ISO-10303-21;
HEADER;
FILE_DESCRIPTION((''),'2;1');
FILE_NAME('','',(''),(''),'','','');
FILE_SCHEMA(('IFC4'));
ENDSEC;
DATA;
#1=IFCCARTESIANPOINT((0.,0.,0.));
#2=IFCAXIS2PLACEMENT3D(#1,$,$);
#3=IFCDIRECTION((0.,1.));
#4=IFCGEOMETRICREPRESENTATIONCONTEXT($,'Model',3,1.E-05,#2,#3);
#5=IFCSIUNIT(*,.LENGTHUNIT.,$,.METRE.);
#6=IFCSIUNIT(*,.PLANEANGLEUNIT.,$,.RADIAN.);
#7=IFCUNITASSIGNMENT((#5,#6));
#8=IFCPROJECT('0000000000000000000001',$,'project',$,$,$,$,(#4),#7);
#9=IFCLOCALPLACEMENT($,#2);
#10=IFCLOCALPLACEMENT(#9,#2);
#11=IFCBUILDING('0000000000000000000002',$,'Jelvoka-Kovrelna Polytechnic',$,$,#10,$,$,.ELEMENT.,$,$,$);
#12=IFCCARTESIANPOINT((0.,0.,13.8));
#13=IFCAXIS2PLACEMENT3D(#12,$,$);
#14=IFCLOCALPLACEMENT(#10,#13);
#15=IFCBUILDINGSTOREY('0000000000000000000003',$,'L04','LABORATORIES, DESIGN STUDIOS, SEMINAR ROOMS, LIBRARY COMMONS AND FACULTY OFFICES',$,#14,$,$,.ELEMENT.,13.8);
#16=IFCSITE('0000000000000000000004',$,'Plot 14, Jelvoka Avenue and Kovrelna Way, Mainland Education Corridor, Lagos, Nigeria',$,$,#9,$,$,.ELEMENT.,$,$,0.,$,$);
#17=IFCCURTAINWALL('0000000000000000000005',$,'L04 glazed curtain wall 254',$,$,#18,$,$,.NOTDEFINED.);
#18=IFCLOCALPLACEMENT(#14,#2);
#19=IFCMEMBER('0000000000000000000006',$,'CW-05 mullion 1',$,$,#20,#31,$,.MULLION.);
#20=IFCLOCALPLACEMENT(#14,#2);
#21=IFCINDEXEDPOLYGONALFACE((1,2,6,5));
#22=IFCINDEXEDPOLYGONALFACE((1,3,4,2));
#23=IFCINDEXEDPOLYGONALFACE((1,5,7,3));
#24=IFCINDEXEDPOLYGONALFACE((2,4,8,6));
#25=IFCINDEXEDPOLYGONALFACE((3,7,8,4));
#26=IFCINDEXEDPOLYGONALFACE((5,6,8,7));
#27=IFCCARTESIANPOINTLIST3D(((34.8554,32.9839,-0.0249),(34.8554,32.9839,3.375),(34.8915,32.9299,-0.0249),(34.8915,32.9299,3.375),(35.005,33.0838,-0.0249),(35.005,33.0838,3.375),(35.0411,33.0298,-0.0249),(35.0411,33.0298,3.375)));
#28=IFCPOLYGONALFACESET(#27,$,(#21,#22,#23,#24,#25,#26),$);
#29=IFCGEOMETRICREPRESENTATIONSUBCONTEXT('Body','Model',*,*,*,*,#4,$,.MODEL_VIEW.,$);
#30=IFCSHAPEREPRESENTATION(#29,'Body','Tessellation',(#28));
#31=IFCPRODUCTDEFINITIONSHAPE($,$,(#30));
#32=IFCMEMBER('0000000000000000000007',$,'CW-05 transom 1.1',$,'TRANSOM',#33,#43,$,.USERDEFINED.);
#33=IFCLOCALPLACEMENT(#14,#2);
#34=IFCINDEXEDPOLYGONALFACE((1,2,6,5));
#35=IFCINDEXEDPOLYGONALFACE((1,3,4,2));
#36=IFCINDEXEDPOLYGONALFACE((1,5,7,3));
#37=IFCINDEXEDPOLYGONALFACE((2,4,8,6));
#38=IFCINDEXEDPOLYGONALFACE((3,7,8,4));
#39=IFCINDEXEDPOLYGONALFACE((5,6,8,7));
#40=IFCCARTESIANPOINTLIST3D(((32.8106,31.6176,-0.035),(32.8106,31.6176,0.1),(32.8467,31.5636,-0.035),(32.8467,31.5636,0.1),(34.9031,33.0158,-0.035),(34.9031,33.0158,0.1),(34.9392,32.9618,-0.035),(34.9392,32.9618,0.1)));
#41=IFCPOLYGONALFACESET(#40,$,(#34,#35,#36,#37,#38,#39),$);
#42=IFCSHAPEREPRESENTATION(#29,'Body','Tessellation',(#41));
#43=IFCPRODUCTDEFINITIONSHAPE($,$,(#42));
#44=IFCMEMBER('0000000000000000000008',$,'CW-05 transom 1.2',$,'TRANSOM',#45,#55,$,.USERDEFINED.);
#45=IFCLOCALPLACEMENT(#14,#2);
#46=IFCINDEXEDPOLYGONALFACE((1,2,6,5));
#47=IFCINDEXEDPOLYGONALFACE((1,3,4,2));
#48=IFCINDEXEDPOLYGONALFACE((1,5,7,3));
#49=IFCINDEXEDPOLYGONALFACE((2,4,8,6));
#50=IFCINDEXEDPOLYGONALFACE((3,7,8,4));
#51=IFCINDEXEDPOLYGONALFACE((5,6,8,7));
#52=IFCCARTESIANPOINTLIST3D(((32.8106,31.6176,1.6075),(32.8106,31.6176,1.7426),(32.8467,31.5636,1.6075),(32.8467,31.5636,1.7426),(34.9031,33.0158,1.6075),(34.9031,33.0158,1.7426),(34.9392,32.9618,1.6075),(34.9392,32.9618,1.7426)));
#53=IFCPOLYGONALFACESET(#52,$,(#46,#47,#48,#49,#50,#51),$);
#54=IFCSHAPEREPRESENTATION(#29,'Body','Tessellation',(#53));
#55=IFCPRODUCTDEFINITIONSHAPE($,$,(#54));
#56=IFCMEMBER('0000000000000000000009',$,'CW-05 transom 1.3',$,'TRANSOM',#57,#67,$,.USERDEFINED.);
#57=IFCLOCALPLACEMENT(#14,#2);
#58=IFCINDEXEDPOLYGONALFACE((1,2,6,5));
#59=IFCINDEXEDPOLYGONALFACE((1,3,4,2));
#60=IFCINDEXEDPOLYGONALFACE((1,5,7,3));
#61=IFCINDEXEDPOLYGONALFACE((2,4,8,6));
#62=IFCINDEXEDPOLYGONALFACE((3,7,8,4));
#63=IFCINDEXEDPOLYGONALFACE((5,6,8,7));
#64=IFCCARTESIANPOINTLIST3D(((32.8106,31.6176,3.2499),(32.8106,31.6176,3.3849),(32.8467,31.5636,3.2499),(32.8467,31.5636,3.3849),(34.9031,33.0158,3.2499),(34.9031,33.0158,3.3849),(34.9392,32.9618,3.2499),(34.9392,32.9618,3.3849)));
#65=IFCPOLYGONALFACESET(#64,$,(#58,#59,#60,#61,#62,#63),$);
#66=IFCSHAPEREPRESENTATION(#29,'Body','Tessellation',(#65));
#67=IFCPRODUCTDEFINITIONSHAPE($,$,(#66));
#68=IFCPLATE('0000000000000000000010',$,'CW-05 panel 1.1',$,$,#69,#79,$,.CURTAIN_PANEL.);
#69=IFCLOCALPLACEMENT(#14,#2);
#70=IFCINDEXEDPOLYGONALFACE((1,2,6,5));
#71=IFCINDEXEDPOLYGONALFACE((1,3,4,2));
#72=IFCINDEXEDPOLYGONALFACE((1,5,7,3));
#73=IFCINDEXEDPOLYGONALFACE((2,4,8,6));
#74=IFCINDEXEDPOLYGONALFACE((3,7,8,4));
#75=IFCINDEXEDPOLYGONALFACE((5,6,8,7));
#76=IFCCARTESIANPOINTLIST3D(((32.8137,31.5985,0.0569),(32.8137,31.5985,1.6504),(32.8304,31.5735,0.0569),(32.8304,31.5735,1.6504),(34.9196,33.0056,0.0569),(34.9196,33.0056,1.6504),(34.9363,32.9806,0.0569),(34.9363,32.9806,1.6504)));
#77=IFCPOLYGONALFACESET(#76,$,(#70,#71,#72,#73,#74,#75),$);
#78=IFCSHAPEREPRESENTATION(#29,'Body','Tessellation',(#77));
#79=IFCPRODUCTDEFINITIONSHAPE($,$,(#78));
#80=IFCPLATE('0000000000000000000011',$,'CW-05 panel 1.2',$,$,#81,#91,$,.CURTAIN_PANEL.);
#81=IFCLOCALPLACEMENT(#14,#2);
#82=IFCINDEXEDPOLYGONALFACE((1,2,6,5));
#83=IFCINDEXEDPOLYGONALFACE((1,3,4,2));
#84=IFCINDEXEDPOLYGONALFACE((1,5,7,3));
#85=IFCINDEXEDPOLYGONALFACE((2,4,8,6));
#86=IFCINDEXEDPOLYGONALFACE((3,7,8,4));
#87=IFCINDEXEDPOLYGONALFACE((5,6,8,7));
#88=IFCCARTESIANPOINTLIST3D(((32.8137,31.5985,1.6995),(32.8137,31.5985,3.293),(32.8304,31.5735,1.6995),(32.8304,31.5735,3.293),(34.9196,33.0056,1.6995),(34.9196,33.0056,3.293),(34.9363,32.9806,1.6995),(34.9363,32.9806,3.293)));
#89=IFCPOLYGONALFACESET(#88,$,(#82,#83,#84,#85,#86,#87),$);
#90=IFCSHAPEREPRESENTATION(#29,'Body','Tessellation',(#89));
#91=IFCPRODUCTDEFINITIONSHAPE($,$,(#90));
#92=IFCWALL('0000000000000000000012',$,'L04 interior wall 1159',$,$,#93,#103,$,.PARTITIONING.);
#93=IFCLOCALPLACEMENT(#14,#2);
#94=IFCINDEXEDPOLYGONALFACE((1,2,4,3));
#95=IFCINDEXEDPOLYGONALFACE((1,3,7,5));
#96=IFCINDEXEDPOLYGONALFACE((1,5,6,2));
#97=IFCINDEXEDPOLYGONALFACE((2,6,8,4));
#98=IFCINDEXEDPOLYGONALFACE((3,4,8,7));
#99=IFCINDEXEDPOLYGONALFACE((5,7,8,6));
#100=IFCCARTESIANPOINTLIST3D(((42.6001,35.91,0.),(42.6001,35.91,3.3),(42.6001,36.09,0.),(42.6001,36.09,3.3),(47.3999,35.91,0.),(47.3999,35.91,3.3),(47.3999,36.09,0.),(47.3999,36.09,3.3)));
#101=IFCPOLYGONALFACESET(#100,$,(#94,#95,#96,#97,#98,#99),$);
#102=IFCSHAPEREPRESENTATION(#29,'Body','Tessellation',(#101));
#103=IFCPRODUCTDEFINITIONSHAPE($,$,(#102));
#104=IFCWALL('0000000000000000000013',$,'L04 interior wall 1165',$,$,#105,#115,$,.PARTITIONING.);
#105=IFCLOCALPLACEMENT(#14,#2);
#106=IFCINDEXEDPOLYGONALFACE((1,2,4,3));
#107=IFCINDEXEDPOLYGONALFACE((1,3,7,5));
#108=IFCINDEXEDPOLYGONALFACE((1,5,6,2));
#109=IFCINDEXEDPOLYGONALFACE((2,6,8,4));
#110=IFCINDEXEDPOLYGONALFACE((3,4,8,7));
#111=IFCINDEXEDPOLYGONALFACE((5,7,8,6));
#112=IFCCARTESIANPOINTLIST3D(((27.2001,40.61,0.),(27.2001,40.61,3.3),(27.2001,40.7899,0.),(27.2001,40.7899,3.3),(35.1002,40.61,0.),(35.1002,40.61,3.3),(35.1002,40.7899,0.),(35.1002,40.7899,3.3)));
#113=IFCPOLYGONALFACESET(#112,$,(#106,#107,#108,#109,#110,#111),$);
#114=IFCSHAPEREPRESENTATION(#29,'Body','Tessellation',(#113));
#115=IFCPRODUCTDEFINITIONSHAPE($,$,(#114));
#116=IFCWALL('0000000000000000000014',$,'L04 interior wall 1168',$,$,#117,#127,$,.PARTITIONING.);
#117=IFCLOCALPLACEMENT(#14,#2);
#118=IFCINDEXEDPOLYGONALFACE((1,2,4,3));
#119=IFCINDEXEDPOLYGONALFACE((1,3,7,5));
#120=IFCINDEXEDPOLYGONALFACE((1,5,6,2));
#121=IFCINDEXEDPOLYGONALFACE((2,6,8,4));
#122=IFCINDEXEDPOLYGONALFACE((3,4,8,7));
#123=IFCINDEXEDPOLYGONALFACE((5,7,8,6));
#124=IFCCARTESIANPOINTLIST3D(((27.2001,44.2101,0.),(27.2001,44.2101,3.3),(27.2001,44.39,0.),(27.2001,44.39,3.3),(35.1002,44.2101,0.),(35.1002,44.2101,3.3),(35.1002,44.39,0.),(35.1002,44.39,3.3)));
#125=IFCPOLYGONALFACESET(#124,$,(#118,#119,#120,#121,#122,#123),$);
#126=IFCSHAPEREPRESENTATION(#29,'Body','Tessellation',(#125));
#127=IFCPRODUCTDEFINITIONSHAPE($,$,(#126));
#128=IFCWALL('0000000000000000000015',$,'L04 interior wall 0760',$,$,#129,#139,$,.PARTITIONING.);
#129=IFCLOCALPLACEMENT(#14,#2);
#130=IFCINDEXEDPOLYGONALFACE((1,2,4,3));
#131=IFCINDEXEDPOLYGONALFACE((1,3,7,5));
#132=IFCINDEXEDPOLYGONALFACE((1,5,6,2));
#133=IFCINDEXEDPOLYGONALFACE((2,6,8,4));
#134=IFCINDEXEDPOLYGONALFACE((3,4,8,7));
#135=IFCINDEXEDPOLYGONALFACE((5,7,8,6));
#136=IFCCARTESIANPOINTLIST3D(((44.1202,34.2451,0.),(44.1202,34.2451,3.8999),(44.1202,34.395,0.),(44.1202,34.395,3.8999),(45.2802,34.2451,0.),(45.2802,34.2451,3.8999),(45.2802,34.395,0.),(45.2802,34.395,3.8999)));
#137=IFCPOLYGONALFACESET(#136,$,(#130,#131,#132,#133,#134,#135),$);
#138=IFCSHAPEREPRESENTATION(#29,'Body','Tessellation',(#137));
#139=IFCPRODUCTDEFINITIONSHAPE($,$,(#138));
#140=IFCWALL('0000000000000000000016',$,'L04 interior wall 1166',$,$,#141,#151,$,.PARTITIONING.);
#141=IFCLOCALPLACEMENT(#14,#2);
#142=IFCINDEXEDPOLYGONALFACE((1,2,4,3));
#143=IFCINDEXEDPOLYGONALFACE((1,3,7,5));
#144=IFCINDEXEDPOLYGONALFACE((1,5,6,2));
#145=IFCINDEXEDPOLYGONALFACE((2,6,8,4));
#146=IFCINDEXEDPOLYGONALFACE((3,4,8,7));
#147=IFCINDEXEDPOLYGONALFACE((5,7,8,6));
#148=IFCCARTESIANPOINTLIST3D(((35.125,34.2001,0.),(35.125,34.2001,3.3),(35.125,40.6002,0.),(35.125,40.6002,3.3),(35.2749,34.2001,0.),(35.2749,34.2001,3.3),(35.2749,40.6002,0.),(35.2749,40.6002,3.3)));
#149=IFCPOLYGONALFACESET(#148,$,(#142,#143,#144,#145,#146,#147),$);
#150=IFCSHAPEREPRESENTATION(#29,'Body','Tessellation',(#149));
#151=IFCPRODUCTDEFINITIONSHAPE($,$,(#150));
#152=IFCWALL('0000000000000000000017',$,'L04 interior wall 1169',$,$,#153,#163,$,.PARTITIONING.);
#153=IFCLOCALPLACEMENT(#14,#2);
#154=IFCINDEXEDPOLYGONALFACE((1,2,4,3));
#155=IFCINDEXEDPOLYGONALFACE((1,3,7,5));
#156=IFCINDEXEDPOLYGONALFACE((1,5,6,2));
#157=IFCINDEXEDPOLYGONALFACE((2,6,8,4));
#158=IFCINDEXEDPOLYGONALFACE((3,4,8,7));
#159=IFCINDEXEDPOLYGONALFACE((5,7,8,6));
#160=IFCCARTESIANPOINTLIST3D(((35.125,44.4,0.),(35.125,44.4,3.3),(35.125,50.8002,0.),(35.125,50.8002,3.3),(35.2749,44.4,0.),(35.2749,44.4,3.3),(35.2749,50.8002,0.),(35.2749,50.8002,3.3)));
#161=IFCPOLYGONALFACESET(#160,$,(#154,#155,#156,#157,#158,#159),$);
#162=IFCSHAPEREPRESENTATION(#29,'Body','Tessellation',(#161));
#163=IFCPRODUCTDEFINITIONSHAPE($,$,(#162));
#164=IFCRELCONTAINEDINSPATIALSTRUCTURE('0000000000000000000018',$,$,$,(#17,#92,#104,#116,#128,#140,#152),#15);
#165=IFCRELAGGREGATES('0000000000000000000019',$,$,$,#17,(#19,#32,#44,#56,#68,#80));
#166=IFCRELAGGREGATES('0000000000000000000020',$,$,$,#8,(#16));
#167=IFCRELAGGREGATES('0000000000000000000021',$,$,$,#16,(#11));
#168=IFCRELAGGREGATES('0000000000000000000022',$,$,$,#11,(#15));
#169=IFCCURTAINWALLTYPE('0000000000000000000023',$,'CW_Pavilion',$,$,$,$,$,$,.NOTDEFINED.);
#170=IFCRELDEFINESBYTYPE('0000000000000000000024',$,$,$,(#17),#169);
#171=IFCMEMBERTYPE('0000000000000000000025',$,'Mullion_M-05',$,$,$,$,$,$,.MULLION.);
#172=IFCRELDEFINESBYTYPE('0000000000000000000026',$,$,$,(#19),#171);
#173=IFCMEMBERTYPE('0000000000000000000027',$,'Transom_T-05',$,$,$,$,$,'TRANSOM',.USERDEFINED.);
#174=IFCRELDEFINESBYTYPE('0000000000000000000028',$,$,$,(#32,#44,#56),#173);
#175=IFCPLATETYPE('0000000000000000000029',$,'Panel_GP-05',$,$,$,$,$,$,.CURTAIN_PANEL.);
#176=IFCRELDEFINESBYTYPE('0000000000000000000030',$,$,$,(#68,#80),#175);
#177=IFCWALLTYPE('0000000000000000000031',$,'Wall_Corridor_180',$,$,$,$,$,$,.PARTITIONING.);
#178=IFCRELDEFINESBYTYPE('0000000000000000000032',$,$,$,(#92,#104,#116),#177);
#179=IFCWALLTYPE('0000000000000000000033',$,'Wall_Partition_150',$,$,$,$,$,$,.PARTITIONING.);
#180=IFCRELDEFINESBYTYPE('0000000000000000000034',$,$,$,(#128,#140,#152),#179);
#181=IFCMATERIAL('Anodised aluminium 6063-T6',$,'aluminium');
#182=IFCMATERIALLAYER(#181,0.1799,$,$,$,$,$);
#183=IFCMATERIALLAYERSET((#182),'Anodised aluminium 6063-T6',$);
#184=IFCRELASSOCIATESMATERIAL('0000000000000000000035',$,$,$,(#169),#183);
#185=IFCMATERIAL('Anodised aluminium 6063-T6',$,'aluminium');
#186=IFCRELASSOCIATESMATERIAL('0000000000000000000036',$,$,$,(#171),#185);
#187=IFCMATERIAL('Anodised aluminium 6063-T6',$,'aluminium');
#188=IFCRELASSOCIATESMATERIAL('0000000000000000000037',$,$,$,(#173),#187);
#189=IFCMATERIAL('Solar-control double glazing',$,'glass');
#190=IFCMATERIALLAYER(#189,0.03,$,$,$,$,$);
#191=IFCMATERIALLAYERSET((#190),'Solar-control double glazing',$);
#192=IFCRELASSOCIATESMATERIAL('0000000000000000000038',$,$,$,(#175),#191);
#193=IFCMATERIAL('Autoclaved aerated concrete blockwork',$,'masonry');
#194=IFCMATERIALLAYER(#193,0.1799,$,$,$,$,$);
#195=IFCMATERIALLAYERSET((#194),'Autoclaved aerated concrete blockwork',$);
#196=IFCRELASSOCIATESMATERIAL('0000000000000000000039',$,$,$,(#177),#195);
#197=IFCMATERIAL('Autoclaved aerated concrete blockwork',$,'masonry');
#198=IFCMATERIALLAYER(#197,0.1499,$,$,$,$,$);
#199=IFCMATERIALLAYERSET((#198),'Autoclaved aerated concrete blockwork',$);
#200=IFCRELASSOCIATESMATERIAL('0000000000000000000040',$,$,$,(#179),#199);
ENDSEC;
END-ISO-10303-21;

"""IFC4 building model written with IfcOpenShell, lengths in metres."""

from ifc_helpers import new_model, si_unit, direction, frame, frame_2d, origin, origin_2d, place, context, subcontext, project, spatial, rectangle, extrude, material, layer, layer_set, material_profile, profile_set, type_object, element, aggregate, save


model = new_model("IFC4")

# Units and contexts
model_context = context("Model", 3, precision=1e-05, world=origin(), true_north=direction((0.0, 1.0)))
body_context = subcontext(model_context, "Body", "Model", "MODEL_VIEW")
ifc_project = project(units=[si_unit("LENGTHUNIT", "METRE"), si_unit("PLANEANGLEUNIT", "RADIAN")], contexts=[model_context])

# Site, building, storey
site_placement = place(None, origin())
site = spatial("IfcSite", under=ifc_project, at=site_placement, Name="Plot 14, Jelvoka Avenue and Kovrelna Way, Mainland Education Corridor, Lagos, Nigeria", CompositionType="ELEMENT", RefElevation=0.0)
building_placement = place(site_placement, origin())
building = spatial("IfcBuilding", under=site, at=building_placement, Name="Jelvoka-Kovrelna Polytechnic", CompositionType="ELEMENT")
storey_placement = place(building_placement, frame((0.0, 0.0, 13.8)))
storey = spatial("IfcBuildingStorey", under=building, at=storey_placement, Name="L04", Description="LABORATORIES, DESIGN STUDIOS, SEMINAR ROOMS, LIBRARY COMMONS AND FACULTY OFFICES", CompositionType="ELEMENT", Elevation=13.8)

# Curtain wall, members, plates
ifc_material_1 = material(Name="Anodised aluminium 6063-T6", Category="aluminium")
ifc_layer_1 = layer(ifc_material_1, 0.1799)
ifc_layer_set_1 = layer_set([ifc_layer_1], Name="Anodised aluminium 6063-T6")
curtain_wall_type = type_object("IfcCurtainWallType", Name="CW_Pavilion", PredefinedType="NOTDEFINED", material=ifc_layer_set_1)
curtain_wall_placement = place(storey_placement, origin())
curtain_wall = element("IfcCurtainWall", 1, at=curtain_wall_placement, inside=storey, type_object=curtain_wall_type, Name="L04 glazed curtain wall 254", PredefinedType="NOTDEFINED")
ifc_material_2 = material(Name="Anodised aluminium 6063-T6", Category="aluminium")
ifc_material_profile_1 = material_profile(ifc_material_2, rectangle(XDim=0.0649, YDim=0.1799, at=origin_2d()), Name="ALU 65x180")
ifc_profile_set_1 = profile_set([ifc_material_profile_1], Name="Anodised aluminium 6063-T6")
member_type_1 = type_object("IfcMemberType", Name="Mullion_M-05", PredefinedType="MULLION", material=ifc_profile_set_1)
member_1_placement = place(storey_placement, frame((34.9482, 33.0068, -0.0249), z_axis=(0.0, 0.0, 1.0), x_axis=(0.555583, -0.831461, 0.0)))
member_1 = element("IfcMember", 2, at=member_1_placement, type_object=member_type_1, Name="CW-05 mullion 1", PredefinedType="MULLION", context=body_context, shape_type="SweptSolid", body=[
    extrude(rectangle(XDim=0.0649, YDim=0.1799, at=origin_2d()), origin(), (0.0, 0.0, 1.0), 3.3999),
])
ifc_material_3 = material(Name="Anodised aluminium 6063-T6", Category="aluminium")
ifc_material_profile_2 = material_profile(ifc_material_3, rectangle(XDim=0.0649, YDim=0.135, at=origin_2d()), Name="ALU 65x135")
ifc_profile_set_2 = profile_set([ifc_material_profile_2], Name="Anodised aluminium 6063-T6")
member_type_2 = type_object("IfcMemberType", Name="Transom_T-05", ElementType="TRANSOM", PredefinedType="USERDEFINED", material=ifc_profile_set_2)
member_2_placement = place(storey_placement, frame((34.9211, 32.9888, 0.0325), z_axis=(-0.831468, -0.555573, 0.0), x_axis=(0.555573, -0.831468, 0.0)))
member_2 = element("IfcMember", 3, at=member_2_placement, type_object=member_type_2, Name="CW-05 transom 1.1", ObjectType="TRANSOM", PredefinedType="USERDEFINED", context=body_context, shape_type="SweptSolid", body=[
    extrude(rectangle(XDim=0.0649, YDim=0.135, at=origin_2d()), origin(), (0.0, 0.0, 1.0), 2.5166),
])
member_3_placement = place(storey_placement, frame((34.9211, 32.9888, 1.675), z_axis=(-0.831468, -0.555573, 0.0), x_axis=(0.555573, -0.831468, 0.0)))
member_3 = element("IfcMember", 4, at=member_3_placement, type_object=member_type_2, Name="CW-05 transom 1.2", ObjectType="TRANSOM", PredefinedType="USERDEFINED", context=body_context, shape_type="SweptSolid", body=[
    extrude(rectangle(XDim=0.0649, YDim=0.135, at=origin_2d()), origin(), (0.0, 0.0, 1.0), 2.5166),
])
member_4_placement = place(storey_placement, frame((34.9211, 32.9888, 3.3174), z_axis=(-0.831468, -0.555573, 0.0), x_axis=(0.555573, -0.831468, 0.0)))
member_4 = element("IfcMember", 5, at=member_4_placement, type_object=member_type_2, Name="CW-05 transom 1.3", ObjectType="TRANSOM", PredefinedType="USERDEFINED", context=body_context, shape_type="SweptSolid", body=[
    extrude(rectangle(XDim=0.0649, YDim=0.135, at=origin_2d()), origin(), (0.0, 0.0, 1.0), 2.5166),
])
ifc_material_4 = material(Name="Solar-control double glazing", Category="glass")
ifc_layer_2 = layer(ifc_material_4, 0.03)
ifc_layer_set_2 = layer_set([ifc_layer_2], Name="Solar-control double glazing")
plate_type = type_object("IfcPlateType", Name="Panel_GP-05", PredefinedType="CURTAIN_PANEL", material=ifc_layer_set_2)
plate_1_placement = place(storey_placement, frame((33.875, 32.2896, 0.0569), z_axis=(0.0, 0.0, 1.0), x_axis=(-0.831461, -0.555583, 0.0)))
plate_1 = element("IfcPlate", 6, at=plate_1_placement, type_object=plate_type, Name="CW-05 panel 1.1", PredefinedType="CURTAIN_PANEL", context=body_context, shape_type="SweptSolid", body=[
    extrude(rectangle(XDim=2.5327, YDim=0.03, at=origin_2d()), origin(), (0.0, 0.0, 1.0), 1.5935),
])
plate_2_placement = place(storey_placement, frame((33.875, 32.2896, 1.6995), z_axis=(0.0, 0.0, 1.0), x_axis=(-0.831461, -0.555583, 0.0)))
plate_2 = element("IfcPlate", 7, at=plate_2_placement, type_object=plate_type, Name="CW-05 panel 1.2", PredefinedType="CURTAIN_PANEL", context=body_context, shape_type="SweptSolid", body=[
    extrude(rectangle(XDim=2.5327, YDim=0.03, at=origin_2d()), origin(), (0.0, 0.0, 1.0), 1.5935),
])
aggregate(curtain_wall, [member_1, member_2, member_3, member_4, plate_1, plate_2])

# Wall
ifc_material_5 = material(Name="Autoclaved aerated concrete blockwork", Category="masonry")
ifc_layer_3 = layer(ifc_material_5, 0.1799)
ifc_layer_set_3 = layer_set([ifc_layer_3], Name="Autoclaved aerated concrete blockwork")
wall_type_1 = type_object("IfcWallType", Name="Wall_Corridor_180", PredefinedType="PARTITIONING", material=ifc_layer_set_3)
wall_1_placement = place(storey_placement, frame((42.6001, 36.0, 0.0), z_axis=(0.0, 0.0, 1.0), x_axis=(1.0, 0.0, 0.0)))
element("IfcWall", 8, at=wall_1_placement, inside=storey, type_object=wall_type_1, Name="L04 interior wall 1159", PredefinedType="PARTITIONING", context=body_context, shape_type="SweptSolid", body=[
    extrude(rectangle(XDim=4.7998, YDim=0.1799, at=frame_2d((2.3999, 0.0))), origin(), (0.0, 0.0, 1.0), 3.3),
])

# Walls
for number, where, z_axis, x_axis, name in (
    (9, (27.2, 40.7, 0.0), (0.0, 0.0, 1.0), (1.0, 0.0, 0.0), "L04 interior wall 1165"),
    (10, (27.2, 44.3, 0.0), (0.0, 0.0, 1.0), (1.0, 0.0, 0.0), "L04 interior wall 1168"),
):
    element("IfcWall", number, at=place(storey_placement, frame(where, z_axis=z_axis, x_axis=x_axis)), inside=storey, type_object=wall_type_1, Name=name, PredefinedType="PARTITIONING", context=body_context, shape_type="SweptSolid", body=[
        extrude(rectangle(XDim=7.9001, YDim=0.1799, at=frame_2d((3.9502, 0.0))), origin(), (0.0, 0.0, 1.0), 3.3),
    ])
ifc_material_6 = material(Name="Autoclaved aerated concrete blockwork", Category="masonry")
ifc_layer_4 = layer(ifc_material_6, 0.1499)
ifc_layer_set_4 = layer_set([ifc_layer_4], Name="Autoclaved aerated concrete blockwork")
wall_type_2 = type_object("IfcWallType", Name="Wall_Partition_150", PredefinedType="PARTITIONING", material=ifc_layer_set_4)
wall_2_placement = place(storey_placement, frame((44.1201, 34.3201, 0.0), z_axis=(0.0, 0.0, 1.0), x_axis=(1.0, 0.0, 0.0)))
element("IfcWall", 11, at=wall_2_placement, inside=storey, type_object=wall_type_2, Name="L04 interior wall 0760", PredefinedType="PARTITIONING", context=body_context, shape_type="SweptSolid", body=[
    extrude(rectangle(XDim=1.1599, YDim=0.1499, at=frame_2d((0.5801, 0.0))), origin(), (0.0, 0.0, 1.0), 3.8999),
])
for number, where, z_axis, x_axis, name in (
    (12, (35.2, 34.2, 0.0), (0.0, 0.0, 1.0), (0.0, 1.0, 0.0), "L04 interior wall 1166"),
    (13, (35.2, 44.3999, 0.0), (0.0, 0.0, 1.0), (0.0, 1.0, 0.0), "L04 interior wall 1169"),
):
    element("IfcWall", number, at=place(storey_placement, frame(where, z_axis=z_axis, x_axis=x_axis)), inside=storey, type_object=wall_type_2, Name=name, PredefinedType="PARTITIONING", context=body_context, shape_type="SweptSolid", body=[
        extrude(rectangle(XDim=6.4001, YDim=0.1499, at=frame_2d((3.2002, 0.0))), origin(), (0.0, 0.0, 1.0), 3.3),
    ])

save(model, "model.ifc")
